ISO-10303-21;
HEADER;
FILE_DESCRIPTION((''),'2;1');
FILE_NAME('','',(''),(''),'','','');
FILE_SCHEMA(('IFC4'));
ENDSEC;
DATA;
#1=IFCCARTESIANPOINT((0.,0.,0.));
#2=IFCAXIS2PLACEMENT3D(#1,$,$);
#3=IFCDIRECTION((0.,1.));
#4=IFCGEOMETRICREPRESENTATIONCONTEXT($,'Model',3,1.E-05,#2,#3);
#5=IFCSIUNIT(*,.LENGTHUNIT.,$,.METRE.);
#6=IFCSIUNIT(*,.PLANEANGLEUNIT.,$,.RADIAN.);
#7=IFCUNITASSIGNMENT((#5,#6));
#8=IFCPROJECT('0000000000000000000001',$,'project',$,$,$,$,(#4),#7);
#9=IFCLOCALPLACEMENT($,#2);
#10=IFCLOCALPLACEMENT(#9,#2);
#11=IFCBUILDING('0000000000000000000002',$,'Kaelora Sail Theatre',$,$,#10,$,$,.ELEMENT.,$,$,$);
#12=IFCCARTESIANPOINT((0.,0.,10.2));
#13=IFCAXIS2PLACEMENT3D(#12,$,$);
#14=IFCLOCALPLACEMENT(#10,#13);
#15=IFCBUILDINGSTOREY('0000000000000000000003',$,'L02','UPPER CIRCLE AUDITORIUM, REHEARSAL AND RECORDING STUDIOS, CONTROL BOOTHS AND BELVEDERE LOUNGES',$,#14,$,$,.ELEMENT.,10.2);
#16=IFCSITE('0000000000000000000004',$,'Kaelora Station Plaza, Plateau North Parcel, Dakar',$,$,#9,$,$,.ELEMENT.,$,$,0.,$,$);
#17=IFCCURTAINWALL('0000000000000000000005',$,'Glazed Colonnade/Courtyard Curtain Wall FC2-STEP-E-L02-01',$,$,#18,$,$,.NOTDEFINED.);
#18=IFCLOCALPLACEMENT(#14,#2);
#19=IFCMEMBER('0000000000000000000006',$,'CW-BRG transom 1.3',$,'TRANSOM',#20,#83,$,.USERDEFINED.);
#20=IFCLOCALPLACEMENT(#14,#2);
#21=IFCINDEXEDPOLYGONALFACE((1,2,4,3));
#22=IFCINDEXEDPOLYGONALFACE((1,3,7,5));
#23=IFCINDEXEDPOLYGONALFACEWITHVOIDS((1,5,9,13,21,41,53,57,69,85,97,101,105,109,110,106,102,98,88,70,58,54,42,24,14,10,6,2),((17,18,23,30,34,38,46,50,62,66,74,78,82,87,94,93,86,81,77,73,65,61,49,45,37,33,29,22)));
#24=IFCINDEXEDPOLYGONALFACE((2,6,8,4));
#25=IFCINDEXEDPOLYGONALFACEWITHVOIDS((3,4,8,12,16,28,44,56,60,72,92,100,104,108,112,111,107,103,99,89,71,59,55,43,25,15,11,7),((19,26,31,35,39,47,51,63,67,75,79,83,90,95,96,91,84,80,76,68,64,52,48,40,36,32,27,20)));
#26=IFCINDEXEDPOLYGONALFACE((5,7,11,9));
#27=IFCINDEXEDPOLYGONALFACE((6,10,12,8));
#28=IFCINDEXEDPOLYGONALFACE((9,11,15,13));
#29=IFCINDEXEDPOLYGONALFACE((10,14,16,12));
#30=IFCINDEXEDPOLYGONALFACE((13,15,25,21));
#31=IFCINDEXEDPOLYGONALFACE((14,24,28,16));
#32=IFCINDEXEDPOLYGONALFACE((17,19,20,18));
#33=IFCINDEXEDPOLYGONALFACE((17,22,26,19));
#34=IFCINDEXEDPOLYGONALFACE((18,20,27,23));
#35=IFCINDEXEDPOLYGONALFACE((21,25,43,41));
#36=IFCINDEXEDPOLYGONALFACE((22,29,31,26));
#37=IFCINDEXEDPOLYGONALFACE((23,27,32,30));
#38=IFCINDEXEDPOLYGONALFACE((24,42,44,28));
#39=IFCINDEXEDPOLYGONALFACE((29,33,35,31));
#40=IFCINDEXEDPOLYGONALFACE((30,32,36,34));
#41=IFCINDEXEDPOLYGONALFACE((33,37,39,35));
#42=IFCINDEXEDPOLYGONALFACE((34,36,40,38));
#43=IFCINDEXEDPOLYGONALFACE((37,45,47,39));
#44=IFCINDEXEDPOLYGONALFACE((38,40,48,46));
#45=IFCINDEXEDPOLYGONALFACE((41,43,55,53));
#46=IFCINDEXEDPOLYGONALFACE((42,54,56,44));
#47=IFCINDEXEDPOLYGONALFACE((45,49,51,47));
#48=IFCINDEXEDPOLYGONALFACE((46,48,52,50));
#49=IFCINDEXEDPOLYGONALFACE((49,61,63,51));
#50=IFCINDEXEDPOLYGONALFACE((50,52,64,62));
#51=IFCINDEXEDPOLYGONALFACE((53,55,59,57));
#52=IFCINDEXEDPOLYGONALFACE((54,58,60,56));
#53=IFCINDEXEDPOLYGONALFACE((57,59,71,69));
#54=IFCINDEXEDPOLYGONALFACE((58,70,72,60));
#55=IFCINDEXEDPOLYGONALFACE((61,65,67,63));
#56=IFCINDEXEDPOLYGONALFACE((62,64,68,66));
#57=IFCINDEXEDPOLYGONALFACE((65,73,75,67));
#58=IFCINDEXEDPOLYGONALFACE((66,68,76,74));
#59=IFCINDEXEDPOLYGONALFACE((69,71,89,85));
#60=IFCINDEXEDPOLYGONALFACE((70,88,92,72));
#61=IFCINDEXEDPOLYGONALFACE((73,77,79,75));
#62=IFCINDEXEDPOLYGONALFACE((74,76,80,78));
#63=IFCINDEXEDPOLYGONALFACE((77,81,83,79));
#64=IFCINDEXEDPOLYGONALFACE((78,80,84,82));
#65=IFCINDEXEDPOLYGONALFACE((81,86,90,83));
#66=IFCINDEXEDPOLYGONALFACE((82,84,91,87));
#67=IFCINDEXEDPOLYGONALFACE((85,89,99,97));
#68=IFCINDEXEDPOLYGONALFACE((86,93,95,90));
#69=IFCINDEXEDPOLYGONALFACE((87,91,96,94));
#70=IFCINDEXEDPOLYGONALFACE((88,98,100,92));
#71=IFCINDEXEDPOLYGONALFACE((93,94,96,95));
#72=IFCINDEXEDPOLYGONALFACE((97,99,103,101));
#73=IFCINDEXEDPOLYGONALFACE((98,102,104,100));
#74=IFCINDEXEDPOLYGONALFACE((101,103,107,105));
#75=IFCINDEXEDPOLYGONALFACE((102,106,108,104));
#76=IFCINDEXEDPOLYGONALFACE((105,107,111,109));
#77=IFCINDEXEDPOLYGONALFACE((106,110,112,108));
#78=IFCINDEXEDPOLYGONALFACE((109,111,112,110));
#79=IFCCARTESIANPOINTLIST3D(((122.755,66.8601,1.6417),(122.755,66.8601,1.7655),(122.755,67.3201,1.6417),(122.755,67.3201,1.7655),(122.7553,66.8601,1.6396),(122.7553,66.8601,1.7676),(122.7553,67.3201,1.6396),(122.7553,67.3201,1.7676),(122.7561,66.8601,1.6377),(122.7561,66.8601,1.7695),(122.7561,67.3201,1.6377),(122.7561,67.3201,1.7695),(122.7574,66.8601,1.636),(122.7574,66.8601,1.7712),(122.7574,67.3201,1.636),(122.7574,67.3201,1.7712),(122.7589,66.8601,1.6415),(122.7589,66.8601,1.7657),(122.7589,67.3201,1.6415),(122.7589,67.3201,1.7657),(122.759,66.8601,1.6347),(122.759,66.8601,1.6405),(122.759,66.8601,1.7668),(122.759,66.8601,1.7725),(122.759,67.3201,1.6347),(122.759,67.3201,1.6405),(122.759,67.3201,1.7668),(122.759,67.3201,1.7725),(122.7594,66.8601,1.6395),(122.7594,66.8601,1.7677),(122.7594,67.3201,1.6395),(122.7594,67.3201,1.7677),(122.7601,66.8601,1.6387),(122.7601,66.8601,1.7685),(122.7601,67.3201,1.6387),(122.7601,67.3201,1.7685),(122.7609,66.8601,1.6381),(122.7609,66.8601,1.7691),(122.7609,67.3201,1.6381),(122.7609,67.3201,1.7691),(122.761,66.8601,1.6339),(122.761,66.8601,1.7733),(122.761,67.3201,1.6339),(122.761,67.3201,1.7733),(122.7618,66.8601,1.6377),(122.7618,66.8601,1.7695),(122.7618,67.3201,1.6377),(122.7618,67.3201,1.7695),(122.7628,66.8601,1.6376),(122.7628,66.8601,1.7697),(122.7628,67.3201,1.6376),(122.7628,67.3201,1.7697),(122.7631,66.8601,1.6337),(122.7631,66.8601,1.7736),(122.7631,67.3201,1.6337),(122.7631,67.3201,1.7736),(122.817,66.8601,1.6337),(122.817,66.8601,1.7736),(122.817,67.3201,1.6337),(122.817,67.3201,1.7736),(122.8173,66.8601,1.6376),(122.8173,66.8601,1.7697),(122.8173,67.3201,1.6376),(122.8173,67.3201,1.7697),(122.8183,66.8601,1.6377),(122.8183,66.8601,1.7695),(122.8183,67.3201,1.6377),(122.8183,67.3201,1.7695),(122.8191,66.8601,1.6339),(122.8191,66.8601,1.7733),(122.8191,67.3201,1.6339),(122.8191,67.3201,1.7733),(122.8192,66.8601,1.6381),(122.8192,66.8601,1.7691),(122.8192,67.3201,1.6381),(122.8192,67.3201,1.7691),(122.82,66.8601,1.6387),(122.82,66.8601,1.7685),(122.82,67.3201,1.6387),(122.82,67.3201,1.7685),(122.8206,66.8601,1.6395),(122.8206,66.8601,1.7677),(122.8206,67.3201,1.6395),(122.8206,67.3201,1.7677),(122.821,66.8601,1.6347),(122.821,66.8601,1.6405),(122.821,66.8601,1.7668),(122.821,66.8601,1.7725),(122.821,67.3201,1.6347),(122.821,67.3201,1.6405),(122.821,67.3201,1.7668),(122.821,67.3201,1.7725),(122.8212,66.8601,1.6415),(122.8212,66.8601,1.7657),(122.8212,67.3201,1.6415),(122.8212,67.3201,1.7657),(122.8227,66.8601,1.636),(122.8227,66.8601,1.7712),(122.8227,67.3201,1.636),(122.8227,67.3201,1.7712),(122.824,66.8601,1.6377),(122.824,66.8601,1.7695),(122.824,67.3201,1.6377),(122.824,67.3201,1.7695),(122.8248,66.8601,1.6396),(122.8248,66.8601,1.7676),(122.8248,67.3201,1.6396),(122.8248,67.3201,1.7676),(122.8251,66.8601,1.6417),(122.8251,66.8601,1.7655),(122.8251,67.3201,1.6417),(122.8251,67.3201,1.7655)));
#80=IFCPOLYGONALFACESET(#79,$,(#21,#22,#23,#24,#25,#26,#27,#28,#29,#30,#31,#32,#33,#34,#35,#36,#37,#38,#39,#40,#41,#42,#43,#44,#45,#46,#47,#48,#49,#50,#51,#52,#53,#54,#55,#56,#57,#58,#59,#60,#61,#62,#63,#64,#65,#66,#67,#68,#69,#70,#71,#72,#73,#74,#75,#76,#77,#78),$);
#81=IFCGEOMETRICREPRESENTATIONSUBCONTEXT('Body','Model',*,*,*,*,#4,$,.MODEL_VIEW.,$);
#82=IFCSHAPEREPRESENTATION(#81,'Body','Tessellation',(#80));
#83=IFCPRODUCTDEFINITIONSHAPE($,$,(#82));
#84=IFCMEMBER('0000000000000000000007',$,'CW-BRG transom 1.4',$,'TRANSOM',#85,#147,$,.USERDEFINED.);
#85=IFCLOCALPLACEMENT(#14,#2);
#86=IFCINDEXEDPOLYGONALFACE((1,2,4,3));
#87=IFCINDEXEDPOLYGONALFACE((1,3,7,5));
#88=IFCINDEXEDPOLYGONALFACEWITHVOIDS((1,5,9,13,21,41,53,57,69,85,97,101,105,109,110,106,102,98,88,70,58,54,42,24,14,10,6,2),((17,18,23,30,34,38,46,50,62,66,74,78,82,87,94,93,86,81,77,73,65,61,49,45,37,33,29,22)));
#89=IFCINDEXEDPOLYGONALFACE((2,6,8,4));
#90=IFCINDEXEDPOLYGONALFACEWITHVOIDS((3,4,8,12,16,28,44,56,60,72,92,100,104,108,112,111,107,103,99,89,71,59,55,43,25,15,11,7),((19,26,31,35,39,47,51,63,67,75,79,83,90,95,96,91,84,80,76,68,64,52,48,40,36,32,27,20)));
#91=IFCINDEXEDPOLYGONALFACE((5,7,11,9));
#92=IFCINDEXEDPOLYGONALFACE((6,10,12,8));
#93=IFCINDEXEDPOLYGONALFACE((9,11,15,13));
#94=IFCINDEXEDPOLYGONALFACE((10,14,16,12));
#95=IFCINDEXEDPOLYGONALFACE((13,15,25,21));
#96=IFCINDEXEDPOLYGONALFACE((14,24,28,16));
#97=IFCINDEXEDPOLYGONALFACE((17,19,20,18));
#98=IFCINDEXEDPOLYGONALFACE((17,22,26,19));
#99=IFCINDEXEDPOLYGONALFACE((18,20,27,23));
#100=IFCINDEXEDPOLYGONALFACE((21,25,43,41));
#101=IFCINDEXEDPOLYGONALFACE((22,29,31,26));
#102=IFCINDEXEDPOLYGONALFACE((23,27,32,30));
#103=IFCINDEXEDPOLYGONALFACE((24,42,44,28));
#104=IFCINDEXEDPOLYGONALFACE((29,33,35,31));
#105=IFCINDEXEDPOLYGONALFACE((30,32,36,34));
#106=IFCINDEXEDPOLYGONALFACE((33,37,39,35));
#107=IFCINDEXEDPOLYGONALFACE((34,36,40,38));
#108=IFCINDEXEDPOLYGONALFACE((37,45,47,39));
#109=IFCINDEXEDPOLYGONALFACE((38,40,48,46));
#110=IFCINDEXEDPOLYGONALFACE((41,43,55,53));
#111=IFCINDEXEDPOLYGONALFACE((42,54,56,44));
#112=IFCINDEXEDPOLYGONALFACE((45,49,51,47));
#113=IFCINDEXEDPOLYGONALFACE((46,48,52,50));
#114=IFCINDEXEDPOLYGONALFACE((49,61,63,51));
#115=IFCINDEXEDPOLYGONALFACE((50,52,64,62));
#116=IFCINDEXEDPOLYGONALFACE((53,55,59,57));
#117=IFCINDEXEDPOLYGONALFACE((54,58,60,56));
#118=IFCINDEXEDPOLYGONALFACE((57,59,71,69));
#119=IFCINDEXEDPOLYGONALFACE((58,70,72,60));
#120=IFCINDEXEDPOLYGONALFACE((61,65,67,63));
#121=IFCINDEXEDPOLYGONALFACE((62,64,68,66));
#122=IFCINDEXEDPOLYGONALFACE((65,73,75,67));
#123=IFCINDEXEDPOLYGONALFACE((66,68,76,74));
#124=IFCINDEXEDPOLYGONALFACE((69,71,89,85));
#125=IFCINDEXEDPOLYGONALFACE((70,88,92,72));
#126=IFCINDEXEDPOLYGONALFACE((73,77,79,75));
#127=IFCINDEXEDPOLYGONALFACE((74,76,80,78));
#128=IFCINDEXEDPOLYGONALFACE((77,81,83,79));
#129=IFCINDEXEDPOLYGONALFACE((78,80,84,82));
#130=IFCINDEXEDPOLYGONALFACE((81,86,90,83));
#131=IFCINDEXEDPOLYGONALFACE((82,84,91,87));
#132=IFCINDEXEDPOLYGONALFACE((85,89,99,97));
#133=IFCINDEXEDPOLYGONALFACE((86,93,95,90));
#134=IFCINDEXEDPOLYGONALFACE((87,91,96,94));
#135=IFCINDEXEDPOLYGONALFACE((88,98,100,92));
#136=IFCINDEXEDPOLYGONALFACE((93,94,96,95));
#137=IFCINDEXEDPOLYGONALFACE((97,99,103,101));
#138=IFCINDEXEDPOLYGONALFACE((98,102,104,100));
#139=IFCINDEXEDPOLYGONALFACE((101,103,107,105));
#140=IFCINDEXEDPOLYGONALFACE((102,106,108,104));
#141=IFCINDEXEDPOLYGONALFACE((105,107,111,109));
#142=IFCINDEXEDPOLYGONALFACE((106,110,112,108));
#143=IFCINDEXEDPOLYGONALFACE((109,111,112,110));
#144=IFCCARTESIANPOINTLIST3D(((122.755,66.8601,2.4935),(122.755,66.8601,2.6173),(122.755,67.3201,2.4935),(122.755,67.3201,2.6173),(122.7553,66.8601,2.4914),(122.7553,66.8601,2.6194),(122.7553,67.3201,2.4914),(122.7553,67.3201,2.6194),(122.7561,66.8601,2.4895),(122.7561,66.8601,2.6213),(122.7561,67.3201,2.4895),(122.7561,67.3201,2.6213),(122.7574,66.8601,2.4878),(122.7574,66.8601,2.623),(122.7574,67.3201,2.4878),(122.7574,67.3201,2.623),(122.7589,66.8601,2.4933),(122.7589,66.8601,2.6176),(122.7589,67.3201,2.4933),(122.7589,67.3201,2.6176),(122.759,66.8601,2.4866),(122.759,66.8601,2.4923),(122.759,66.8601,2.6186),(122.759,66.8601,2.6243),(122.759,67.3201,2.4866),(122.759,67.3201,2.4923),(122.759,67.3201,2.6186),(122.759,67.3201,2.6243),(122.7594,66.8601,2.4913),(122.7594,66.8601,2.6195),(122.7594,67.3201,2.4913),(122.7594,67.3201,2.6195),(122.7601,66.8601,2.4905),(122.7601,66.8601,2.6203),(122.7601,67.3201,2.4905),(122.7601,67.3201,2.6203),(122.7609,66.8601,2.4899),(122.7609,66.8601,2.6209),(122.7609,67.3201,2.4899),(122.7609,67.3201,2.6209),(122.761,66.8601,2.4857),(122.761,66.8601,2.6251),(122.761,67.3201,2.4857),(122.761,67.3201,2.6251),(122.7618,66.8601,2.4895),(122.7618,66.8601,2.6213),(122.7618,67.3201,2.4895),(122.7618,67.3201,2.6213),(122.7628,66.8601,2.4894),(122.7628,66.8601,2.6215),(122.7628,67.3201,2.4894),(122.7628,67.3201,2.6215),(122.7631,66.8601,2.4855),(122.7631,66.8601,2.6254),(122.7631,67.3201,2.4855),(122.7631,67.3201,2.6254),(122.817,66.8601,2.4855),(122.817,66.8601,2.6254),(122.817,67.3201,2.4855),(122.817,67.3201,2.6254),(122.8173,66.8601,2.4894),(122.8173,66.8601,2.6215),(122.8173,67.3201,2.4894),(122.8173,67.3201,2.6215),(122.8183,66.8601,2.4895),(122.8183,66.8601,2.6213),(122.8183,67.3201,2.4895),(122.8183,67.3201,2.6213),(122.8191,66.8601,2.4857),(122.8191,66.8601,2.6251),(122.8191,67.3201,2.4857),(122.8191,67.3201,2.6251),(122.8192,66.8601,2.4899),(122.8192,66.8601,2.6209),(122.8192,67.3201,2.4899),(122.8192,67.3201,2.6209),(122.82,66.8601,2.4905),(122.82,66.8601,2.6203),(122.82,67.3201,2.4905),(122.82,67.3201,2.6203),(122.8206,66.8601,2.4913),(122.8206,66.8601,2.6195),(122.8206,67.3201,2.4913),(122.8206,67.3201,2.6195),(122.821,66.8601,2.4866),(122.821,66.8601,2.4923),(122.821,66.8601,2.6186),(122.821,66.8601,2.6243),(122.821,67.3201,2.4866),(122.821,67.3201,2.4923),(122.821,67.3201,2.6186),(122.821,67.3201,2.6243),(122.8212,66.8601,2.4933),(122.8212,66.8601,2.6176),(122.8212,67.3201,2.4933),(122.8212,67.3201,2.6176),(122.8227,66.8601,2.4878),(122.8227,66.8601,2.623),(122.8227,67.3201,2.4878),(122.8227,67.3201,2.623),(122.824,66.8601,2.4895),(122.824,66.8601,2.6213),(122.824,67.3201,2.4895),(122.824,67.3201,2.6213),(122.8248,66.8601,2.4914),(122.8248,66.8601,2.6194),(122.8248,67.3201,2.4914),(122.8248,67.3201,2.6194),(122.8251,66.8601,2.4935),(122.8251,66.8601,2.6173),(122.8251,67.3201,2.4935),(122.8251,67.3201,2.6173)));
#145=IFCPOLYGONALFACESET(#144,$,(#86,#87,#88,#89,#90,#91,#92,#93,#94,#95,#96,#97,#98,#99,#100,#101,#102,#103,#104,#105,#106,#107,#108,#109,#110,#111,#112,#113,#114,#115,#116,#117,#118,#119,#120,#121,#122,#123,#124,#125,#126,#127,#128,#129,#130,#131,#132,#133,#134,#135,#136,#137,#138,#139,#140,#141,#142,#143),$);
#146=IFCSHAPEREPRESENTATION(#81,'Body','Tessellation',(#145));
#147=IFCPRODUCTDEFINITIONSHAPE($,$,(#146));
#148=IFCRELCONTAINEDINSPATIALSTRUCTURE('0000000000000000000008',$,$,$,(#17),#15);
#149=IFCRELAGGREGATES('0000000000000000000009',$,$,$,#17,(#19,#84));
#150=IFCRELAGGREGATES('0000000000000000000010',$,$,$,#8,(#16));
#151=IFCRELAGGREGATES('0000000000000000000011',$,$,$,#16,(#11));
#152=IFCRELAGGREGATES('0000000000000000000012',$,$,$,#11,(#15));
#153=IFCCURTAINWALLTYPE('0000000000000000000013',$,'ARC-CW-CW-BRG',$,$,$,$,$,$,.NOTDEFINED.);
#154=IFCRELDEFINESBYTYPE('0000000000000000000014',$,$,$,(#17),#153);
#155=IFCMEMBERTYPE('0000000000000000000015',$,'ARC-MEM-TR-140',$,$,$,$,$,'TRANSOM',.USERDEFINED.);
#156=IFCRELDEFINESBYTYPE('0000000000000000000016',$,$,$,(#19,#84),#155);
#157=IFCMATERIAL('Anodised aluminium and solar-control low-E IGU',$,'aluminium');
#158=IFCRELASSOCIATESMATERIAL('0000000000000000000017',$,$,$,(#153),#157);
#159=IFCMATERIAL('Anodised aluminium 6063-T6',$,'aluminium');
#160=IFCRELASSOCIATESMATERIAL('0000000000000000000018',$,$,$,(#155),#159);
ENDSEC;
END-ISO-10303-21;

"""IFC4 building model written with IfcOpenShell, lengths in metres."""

from ifc_helpers import new_model, si_unit, direction, frame, origin, origin_2d, place, context, subcontext, project, spatial, hollow_rectangle, extrude, material, material_profile, profile_set, type_object, element, aggregate, save


model = new_model("IFC4")

# Units and contexts
model_context = context("Model", 3, precision=1e-05, world=origin(), true_north=direction((0.0, 1.0)))
body_context = subcontext(model_context, "Body", "Model", "MODEL_VIEW")
ifc_project = project(units=[si_unit("LENGTHUNIT", "METRE"), si_unit("PLANEANGLEUNIT", "RADIAN")], contexts=[model_context])

# Site, building, storey
site_placement = place(None, origin())
site = spatial("IfcSite", under=ifc_project, at=site_placement, Name="Kaelora Station Plaza, Plateau North Parcel, Dakar", CompositionType="ELEMENT", RefElevation=0.0)
building_placement = place(site_placement, origin())
building = spatial("IfcBuilding", under=site, at=building_placement, Name="Kaelora Sail Theatre", CompositionType="ELEMENT")
storey_placement = place(building_placement, frame((0.0, 0.0, 10.2)))
storey = spatial("IfcBuildingStorey", under=building, at=storey_placement, Name="L02", Description="UPPER CIRCLE AUDITORIUM, REHEARSAL AND RECORDING STUDIOS, CONTROL BOOTHS AND BELVEDERE LOUNGES", CompositionType="ELEMENT", Elevation=10.2)

# Shared definitions
ifc_material_1 = material(Name="Anodised aluminium and solar-control low-E IGU", Category="aluminium")
curtain_wall_type = type_object("IfcCurtainWallType", Name="ARC-CW-CW-BRG", PredefinedType="NOTDEFINED", material=ifc_material_1)

# Curtain wall
curtain_wall_1_placement = place(storey_placement, origin())
curtain_wall_1 = element("IfcCurtainWall", 1, at=curtain_wall_1_placement, inside=storey, type_object=curtain_wall_type, Name="Glazed Colonnade/Courtyard Curtain Wall FC2-STEP-E-L02-01", PredefinedType="NOTDEFINED")

# Members
ifc_material_2 = material(Name="Anodised aluminium 6063-T6", Category="aluminium")
ifc_material_profile_1 = material_profile(ifc_material_2, hollow_rectangle(XDim=0.0701, YDim=0.1399, WallThickness=0.0039, InnerFilletRadius=0.0039, OuterFilletRadius=0.0081, at=origin_2d()), Name="ALU-TRAN 70x140x4")
ifc_profile_set_1 = profile_set([ifc_material_profile_1], Name="Anodised aluminium 6063-T6")
member_type_1 = type_object("IfcMemberType", Name="ARC-MEM-TR-140", ElementType="TRANSOM", PredefinedType="USERDEFINED", material=ifc_profile_set_1)
member_1_placement = place(storey_placement, frame((122.79, 66.8601, 1.7036), z_axis=(0.0, 1.0, 0.0), x_axis=(-1.0, 0.0, 0.0)))
member_1 = element("IfcMember", 2, at=member_1_placement, type_object=member_type_1, Name="CW-BRG transom 1.3", ObjectType="TRANSOM", PredefinedType="USERDEFINED", context=body_context, shape_type="SweptSolid", body=[
    extrude(hollow_rectangle(XDim=0.0701, YDim=0.1399, WallThickness=0.0039, InnerFilletRadius=0.0039, OuterFilletRadius=0.0081, at=origin_2d()), origin(), (0.0, 0.0, 1.0), 0.46),
])
member_2_placement = place(storey_placement, frame((122.79, 66.8601, 2.5554), z_axis=(0.0, 1.0, 0.0), x_axis=(-1.0, 0.0, 0.0)))
member_2 = element("IfcMember", 3, at=member_2_placement, type_object=member_type_1, Name="CW-BRG transom 1.4", ObjectType="TRANSOM", PredefinedType="USERDEFINED", context=body_context, shape_type="SweptSolid", body=[
    extrude(hollow_rectangle(XDim=0.0701, YDim=0.1399, WallThickness=0.0039, InnerFilletRadius=0.0039, OuterFilletRadius=0.0081, at=origin_2d()), origin(), (0.0, 0.0, 1.0), 0.46),
])

aggregate(curtain_wall_1, [member_1, member_2])

save(model, "model.ifc")
